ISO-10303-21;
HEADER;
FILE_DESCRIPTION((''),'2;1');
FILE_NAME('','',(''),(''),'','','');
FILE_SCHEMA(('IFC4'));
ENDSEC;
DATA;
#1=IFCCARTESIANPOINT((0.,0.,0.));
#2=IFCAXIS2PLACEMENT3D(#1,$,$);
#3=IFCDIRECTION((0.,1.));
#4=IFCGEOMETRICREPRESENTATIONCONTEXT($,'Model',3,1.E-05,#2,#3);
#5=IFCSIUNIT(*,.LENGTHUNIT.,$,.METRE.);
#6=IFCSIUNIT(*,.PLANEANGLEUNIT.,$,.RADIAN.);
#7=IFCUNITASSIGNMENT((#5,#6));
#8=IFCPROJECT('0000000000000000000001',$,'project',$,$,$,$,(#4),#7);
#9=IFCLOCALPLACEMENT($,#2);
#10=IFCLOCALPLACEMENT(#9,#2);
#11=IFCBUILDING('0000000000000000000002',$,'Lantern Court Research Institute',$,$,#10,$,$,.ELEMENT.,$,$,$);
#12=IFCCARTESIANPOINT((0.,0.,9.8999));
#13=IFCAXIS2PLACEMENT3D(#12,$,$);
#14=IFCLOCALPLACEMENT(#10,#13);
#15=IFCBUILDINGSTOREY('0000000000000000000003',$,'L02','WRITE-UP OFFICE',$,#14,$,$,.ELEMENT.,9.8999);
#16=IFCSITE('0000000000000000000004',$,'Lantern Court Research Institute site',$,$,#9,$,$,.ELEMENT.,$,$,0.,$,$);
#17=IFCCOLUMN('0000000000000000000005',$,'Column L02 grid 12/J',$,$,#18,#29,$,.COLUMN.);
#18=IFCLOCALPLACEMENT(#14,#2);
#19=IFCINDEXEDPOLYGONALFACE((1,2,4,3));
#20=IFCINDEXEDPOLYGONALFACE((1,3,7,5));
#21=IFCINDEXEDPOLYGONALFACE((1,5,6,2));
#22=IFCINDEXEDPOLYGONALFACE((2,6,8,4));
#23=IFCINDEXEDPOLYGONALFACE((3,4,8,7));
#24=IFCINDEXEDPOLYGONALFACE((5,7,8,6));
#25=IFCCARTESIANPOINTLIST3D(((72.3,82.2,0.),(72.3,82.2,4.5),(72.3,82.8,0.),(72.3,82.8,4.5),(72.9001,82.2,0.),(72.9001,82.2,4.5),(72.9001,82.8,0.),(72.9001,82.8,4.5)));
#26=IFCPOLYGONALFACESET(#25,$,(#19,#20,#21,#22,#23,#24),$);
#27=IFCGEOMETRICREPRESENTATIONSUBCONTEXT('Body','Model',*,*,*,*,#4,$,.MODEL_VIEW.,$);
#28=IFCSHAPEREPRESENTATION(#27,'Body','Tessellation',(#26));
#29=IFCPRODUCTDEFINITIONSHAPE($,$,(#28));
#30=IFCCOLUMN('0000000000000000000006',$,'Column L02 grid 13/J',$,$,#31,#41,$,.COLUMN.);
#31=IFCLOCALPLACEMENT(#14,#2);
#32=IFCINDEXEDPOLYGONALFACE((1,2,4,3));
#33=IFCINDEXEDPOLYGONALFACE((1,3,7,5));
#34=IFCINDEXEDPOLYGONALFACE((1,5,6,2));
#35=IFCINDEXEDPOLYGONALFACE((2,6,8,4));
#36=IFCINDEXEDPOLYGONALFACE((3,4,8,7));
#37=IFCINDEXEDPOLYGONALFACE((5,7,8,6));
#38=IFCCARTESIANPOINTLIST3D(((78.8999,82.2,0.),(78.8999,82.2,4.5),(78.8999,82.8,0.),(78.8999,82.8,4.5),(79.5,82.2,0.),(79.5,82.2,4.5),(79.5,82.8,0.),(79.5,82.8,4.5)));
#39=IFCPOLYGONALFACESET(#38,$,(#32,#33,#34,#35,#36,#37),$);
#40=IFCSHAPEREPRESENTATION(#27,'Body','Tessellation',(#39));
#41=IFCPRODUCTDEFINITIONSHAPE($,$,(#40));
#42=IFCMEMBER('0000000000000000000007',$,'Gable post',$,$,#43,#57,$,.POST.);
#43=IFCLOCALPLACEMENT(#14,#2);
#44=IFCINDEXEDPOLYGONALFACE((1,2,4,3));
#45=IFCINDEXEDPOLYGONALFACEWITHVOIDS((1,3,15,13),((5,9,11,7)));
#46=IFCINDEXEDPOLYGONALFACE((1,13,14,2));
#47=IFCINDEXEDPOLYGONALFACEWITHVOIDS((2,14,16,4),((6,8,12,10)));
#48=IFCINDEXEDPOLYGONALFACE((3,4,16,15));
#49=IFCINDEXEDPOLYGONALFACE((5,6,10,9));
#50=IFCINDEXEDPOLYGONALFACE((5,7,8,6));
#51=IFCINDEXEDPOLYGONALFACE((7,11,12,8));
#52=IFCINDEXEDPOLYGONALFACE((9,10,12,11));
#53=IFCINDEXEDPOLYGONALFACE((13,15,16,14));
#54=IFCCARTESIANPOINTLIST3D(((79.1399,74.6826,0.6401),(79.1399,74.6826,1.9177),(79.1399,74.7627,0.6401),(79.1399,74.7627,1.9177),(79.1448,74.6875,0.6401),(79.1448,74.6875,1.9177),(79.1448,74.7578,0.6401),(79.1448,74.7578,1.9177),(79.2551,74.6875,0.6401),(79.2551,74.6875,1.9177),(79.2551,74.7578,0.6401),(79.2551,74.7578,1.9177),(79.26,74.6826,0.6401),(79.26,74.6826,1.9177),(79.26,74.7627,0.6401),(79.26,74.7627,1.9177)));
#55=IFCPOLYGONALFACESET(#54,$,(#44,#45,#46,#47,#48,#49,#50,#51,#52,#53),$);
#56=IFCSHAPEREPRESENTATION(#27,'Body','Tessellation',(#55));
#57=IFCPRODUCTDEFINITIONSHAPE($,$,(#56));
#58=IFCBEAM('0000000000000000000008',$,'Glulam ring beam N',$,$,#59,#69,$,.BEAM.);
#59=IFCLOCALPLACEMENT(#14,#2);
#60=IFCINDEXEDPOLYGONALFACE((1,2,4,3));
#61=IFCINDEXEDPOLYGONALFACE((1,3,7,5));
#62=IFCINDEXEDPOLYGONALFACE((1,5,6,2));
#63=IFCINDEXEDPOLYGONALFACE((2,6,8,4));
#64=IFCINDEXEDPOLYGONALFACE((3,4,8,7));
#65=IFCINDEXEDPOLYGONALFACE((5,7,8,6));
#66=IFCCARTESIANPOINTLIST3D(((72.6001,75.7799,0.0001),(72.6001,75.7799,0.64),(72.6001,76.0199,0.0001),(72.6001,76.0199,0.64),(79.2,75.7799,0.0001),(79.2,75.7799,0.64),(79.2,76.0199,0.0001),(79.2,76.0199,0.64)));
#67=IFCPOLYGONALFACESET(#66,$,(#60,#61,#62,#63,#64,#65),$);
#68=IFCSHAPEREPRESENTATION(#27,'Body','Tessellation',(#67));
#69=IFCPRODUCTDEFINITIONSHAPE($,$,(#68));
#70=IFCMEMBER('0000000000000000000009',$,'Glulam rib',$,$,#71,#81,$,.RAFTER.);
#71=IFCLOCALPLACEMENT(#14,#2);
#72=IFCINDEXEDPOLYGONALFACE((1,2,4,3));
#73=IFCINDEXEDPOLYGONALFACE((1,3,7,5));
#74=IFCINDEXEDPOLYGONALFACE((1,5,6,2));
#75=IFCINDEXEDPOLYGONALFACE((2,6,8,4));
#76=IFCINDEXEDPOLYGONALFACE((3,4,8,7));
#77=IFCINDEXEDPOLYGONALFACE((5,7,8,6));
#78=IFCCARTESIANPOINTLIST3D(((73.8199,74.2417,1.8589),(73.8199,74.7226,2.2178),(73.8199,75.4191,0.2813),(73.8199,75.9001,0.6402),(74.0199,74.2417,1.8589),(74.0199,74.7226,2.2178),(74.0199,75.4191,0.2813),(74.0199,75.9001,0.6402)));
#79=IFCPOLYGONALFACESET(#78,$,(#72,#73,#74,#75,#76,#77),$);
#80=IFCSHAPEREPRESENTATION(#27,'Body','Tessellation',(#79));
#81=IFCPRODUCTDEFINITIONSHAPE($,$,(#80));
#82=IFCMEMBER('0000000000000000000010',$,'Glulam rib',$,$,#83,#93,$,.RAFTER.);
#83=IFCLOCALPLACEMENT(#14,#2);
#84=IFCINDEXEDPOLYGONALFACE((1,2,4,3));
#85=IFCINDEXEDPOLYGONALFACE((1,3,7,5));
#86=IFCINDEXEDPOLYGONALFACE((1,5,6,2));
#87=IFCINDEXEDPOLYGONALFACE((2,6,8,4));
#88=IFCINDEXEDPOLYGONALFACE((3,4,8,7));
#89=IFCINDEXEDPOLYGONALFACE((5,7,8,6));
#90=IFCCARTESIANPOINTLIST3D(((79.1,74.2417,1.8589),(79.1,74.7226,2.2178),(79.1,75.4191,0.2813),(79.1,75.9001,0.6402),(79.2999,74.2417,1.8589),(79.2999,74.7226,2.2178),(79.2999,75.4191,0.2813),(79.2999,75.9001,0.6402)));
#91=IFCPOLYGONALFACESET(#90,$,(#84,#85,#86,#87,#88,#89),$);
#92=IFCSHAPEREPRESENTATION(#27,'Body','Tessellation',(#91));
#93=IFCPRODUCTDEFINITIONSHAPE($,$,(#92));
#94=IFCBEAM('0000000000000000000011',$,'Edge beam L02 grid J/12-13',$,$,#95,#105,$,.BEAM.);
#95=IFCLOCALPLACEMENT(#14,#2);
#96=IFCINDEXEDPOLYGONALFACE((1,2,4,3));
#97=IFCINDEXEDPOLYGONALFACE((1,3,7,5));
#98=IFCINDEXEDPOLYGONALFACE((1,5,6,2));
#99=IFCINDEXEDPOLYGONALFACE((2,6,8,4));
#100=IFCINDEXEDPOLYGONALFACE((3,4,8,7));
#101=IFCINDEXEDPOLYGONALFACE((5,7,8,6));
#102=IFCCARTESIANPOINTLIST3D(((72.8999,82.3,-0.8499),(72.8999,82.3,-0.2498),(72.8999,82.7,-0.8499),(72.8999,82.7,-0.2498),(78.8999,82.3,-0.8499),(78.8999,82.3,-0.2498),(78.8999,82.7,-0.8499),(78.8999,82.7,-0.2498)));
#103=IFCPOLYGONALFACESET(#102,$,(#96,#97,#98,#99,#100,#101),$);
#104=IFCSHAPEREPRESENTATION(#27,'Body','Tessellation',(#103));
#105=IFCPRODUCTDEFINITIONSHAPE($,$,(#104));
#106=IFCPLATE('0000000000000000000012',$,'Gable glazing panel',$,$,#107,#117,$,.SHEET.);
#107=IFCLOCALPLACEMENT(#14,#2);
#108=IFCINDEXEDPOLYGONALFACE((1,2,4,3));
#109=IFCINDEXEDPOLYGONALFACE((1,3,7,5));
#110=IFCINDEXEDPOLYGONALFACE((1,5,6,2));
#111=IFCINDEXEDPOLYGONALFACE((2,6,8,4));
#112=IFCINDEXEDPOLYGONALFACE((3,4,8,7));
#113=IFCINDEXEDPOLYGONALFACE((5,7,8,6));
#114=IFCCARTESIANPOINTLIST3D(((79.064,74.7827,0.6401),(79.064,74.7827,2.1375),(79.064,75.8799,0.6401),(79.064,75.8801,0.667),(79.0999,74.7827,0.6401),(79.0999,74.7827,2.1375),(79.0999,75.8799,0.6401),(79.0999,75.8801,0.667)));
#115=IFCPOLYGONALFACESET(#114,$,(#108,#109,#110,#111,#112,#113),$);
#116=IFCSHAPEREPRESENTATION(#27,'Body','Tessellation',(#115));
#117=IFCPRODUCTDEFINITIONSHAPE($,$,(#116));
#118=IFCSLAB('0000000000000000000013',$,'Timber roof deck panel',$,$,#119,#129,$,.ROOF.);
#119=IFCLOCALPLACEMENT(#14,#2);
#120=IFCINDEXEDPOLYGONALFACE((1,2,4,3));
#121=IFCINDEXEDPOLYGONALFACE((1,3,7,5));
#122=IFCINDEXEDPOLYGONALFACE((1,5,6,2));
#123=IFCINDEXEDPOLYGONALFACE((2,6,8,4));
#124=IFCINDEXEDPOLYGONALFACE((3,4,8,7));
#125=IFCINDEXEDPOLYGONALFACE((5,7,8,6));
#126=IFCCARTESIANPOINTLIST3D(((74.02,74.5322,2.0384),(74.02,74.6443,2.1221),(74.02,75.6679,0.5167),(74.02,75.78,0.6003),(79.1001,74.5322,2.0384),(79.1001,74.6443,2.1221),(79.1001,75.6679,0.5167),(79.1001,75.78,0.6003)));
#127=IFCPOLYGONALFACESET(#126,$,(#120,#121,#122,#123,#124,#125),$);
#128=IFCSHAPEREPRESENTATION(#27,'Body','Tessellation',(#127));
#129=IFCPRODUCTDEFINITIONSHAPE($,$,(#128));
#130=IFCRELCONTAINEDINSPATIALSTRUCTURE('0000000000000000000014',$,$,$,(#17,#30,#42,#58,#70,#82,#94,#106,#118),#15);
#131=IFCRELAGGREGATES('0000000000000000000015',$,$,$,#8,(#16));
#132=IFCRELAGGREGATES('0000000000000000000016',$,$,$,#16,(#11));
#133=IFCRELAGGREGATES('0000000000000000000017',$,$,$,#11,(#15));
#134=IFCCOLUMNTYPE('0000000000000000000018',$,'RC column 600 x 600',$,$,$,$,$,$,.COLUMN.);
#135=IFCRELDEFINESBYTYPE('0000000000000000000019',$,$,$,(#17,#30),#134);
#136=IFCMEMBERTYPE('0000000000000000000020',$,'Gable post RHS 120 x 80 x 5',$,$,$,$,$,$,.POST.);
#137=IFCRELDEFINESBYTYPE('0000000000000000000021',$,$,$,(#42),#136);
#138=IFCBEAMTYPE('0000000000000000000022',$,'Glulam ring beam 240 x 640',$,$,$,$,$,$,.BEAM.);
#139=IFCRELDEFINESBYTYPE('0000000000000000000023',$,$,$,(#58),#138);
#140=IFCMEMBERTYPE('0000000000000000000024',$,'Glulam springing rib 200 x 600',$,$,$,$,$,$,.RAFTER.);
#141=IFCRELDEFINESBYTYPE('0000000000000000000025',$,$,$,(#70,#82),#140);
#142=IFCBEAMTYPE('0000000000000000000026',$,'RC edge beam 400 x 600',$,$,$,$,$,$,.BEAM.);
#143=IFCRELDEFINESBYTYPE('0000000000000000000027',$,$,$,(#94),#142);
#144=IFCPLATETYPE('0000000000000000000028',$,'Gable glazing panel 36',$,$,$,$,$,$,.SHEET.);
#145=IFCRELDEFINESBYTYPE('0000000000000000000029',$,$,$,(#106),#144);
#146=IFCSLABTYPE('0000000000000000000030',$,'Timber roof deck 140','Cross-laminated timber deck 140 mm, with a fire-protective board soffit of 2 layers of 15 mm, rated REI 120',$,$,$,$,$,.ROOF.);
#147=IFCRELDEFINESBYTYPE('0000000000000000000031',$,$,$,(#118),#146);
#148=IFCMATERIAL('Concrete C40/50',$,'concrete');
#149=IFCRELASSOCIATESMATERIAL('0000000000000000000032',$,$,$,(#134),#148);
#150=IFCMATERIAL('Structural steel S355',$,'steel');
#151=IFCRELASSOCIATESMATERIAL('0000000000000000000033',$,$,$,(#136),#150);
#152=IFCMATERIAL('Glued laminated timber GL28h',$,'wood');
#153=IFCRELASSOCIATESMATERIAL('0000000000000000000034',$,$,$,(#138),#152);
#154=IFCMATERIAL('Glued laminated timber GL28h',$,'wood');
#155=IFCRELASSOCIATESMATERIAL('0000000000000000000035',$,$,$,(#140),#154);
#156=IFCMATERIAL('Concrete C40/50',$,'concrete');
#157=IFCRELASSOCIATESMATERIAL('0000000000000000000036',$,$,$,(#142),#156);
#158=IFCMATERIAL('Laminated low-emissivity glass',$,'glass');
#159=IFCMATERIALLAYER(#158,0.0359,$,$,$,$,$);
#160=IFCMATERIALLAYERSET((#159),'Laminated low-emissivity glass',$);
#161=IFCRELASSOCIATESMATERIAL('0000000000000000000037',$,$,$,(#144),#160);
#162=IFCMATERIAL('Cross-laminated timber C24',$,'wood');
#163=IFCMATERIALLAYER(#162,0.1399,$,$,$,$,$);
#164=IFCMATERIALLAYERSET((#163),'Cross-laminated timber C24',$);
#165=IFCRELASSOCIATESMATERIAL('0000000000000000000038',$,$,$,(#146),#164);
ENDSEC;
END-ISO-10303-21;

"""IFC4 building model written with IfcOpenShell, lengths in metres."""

from ifc_helpers import new_model, si_unit, direction, frame, origin, origin_2d, place, context, subcontext, project, spatial, polyline, rectangle, hollow_rectangle, outline, extrude, material, layer, layer_set, material_profile, profile_set, type_object, element, save


model = new_model("IFC4")

# Units and contexts
model_context = context("Model", 3, precision=1e-05, world=origin(), true_north=direction((0.0, 1.0)))
body_context = subcontext(model_context, "Body", "Model", "MODEL_VIEW")
ifc_project = project(units=[si_unit("LENGTHUNIT", "METRE"), si_unit("PLANEANGLEUNIT", "RADIAN")], contexts=[model_context])

# Site, building, storey
site_placement = place(None, origin())
site = spatial("IfcSite", under=ifc_project, at=site_placement, Name="Lantern Court Research Institute site", CompositionType="ELEMENT", RefElevation=0.0)
building_placement = place(site_placement, origin())
building = spatial("IfcBuilding", under=site, at=building_placement, Name="Lantern Court Research Institute", CompositionType="ELEMENT")
storey_placement = place(building_placement, frame((0.0, 0.0, 9.8999)))
storey = spatial("IfcBuildingStorey", under=building, at=storey_placement, Name="L02", Description="WRITE-UP OFFICE", CompositionType="ELEMENT", Elevation=9.8999)

# Columns
ifc_material_1 = material(Name="Concrete C40/50", Category="concrete")
ifc_material_profile_1 = material_profile(ifc_material_1, rectangle(XDim=0.6001, YDim=0.6001, at=origin_2d()), Name="RC column 600 x 600")
ifc_profile_set_1 = profile_set([ifc_material_profile_1], Name="Concrete C40/50")
column_type = type_object("IfcColumnType", Name="RC column 600 x 600", PredefinedType="COLUMN", material=ifc_profile_set_1)
for number, where, z_axis, x_axis, name in (
    (1, (72.6001, 82.5, 0.0), (0.0, 0.0, 1.0), (1.0, 0.0, 0.0), "Column L02 grid 12/J"),
    (2, (79.2, 82.5, 0.0), (0.0, 0.0, 1.0), (1.0, 0.0, 0.0), "Column L02 grid 13/J"),
):
    element("IfcColumn", number, at=place(storey_placement, frame(where, z_axis=z_axis, x_axis=x_axis)), inside=storey, type_object=column_type, Name=name, PredefinedType="COLUMN", context=body_context, shape_type="SweptSolid", body=[
        extrude(rectangle(XDim=0.6001, YDim=0.6001, at=origin_2d()), origin(), (0.0, 0.0, 1.0), 4.5),
    ])

# Member
ifc_material_2 = material(Name="Structural steel S355", Category="steel")
ifc_material_profile_2 = material_profile(ifc_material_2, hollow_rectangle(XDim=0.1201, YDim=0.0801, WallThickness=0.0049, at=origin_2d()), Name="Gable post RHS 120 x 80 x 5")
ifc_profile_set_2 = profile_set([ifc_material_profile_2], Name="Structural steel S355")
member_type_1 = type_object("IfcMemberType", Name="Gable post RHS 120 x 80 x 5", PredefinedType="POST", material=ifc_profile_set_2)
member_placement = place(storey_placement, frame((79.2, 74.7227, 0.6401), z_axis=(0.0, 0.0, 1.0), x_axis=(1.0, 0.0, 0.0)))
element("IfcMember", 3, at=member_placement, inside=storey, type_object=member_type_1, Name="Gable post", PredefinedType="POST", context=body_context, shape_type="SweptSolid", body=[
    extrude(hollow_rectangle(XDim=0.1201, YDim=0.0801, WallThickness=0.0049, at=origin_2d()), origin(), (0.0, 0.0, 1.0), 1.2776),
])

# Beam
ifc_material_3 = material(Name="Glued laminated timber GL28h", Category="wood")
ifc_material_profile_3 = material_profile(ifc_material_3, rectangle(XDim=0.24, YDim=0.6399, at=origin_2d()), Name="Glulam ring beam 240 x 640")
ifc_profile_set_3 = profile_set([ifc_material_profile_3], Name="Glued laminated timber GL28h")
beam_type_1 = type_object("IfcBeamType", Name="Glulam ring beam 240 x 640", PredefinedType="BEAM", material=ifc_profile_set_3)
beam_1_placement = place(storey_placement, frame((72.6001, 75.8999, 0.3201), z_axis=(1.0, 0.0, 0.0), x_axis=(0.0, 1.0, 0.0)))
element("IfcBeam", 4, at=beam_1_placement, inside=storey, type_object=beam_type_1, Name="Glulam ring beam N", PredefinedType="BEAM", context=body_context, shape_type="SweptSolid", body=[
    extrude(rectangle(XDim=0.24, YDim=0.6399, at=origin_2d()), origin(), (0.0, 0.0, 1.0), 6.5999),
])

# Members
ifc_material_4 = material(Name="Glued laminated timber GL28h", Category="wood")
ifc_material_profile_4 = material_profile(ifc_material_4, rectangle(XDim=0.2, YDim=0.6001, at=origin_2d()), Name="Glulam springing rib 200 x 600")
ifc_profile_set_4 = profile_set([ifc_material_profile_4], Name="Glued laminated timber GL28h")
member_type_2 = type_object("IfcMemberType", Name="Glulam springing rib 200 x 600", PredefinedType="RAFTER", material=ifc_profile_set_4)
for number, where, z_axis, x_axis, name in (
    (5, (73.9199, 74.4822, 2.0383), (0.0, 0.598133, -0.801397), (-1.0, 0.0, 0.0), "Glulam rib"),
    (6, (79.2, 74.4822, 2.0383), (0.0, 0.598133, -0.801397), (-1.0, 0.0, 0.0), "Glulam rib"),
):
    element("IfcMember", number, at=place(storey_placement, frame(where, z_axis=z_axis, x_axis=x_axis)), inside=storey, type_object=member_type_2, Name=name, PredefinedType="RAFTER", context=body_context, shape_type="SweptSolid", body=[
        extrude(rectangle(XDim=0.2, YDim=0.6001, at=origin_2d()), origin(), (0.0, 0.0, 1.0), 1.9685),
    ])

# Beam
ifc_material_5 = material(Name="Concrete C40/50", Category="concrete")
ifc_material_profile_5 = material_profile(ifc_material_5, rectangle(XDim=0.3999, YDim=0.6001, at=origin_2d()), Name="RC beam 400 x 600")
ifc_profile_set_5 = profile_set([ifc_material_profile_5], Name="Concrete C40/50")
beam_type_2 = type_object("IfcBeamType", Name="RC edge beam 400 x 600", PredefinedType="BEAM", material=ifc_profile_set_5)
beam_2_placement = place(storey_placement, frame((72.8999, 82.5, -0.5498), z_axis=(1.0, 0.0, 0.0), x_axis=(0.0, 1.0, 0.0)))
element("IfcBeam", 7, at=beam_2_placement, inside=storey, type_object=beam_type_2, Name="Edge beam L02 grid J/12-13", PredefinedType="BEAM", context=body_context, shape_type="SweptSolid", body=[
    extrude(rectangle(XDim=0.3999, YDim=0.6001, at=origin_2d()), origin(), (0.0, 0.0, 1.0), 6.0),
])

# Plate
ifc_material_6 = material(Name="Laminated low-emissivity glass", Category="glass")
ifc_layer_1 = layer(ifc_material_6, 0.0359)
ifc_layer_set_1 = layer_set([ifc_layer_1], Name="Laminated low-emissivity glass")
plate_type = type_object("IfcPlateType", Name="Gable glazing panel 36", PredefinedType="SHEET", material=ifc_layer_set_1)
plate_placement = place(storey_placement, frame((79.082, 74.7827, 0.6401), z_axis=(0.0, 0.0, 1.0), x_axis=(0.0, 1.0, 0.0)))
element("IfcPlate", 8, at=plate_placement, inside=storey, type_object=plate_type, Name="Gable glazing panel", PredefinedType="SHEET", context=body_context, shape_type="SweptSolid", body=[
    extrude(outline(polyline([(0.0, 0.0), (1.0972, 0.0), (1.0974, 0.0269), (0.0, 1.4973), (0.0, 0.0)])), frame((0.0, 0.0181, 0.0), z_axis=(0.0, -1.0, 0.0), x_axis=(1.0, 0.0, 0.0)), (0.0, 0.0, 1.0), 0.0359),
])

# Slab
ifc_material_7 = material(Name="Cross-laminated timber C24", Category="wood")
ifc_layer_2 = layer(ifc_material_7, 0.1399)
ifc_layer_set_2 = layer_set([ifc_layer_2], Name="Cross-laminated timber C24")
slab_type = type_object("IfcSlabType", Name="Timber roof deck 140", Description="Cross-laminated timber deck 140 mm, with a fire-protective board soffit of 2 layers of 15 mm, rated REI 120", PredefinedType="ROOF", material=ifc_layer_set_2)
slab_placement = place(storey_placement, frame((74.02, 74.6443, 2.1221), z_axis=(0.0, 0.801402, 0.598126), x_axis=(1.0, 0.0, 0.0)))
element("IfcSlab", 9, at=slab_placement, inside=storey, type_object=slab_type, Name="Timber roof deck panel", PredefinedType="ROOF", context=body_context, shape_type="SweptSolid", body=[
    extrude(outline(polyline([(0.0, 0.0), (5.0801, 0.0), (5.0801, 1.8988), (0.0, 1.8988), (0.0, 0.0)])), origin(), (0.0, 0.0, -1.0), 0.1399),
])

save(model, "model.ifc")
